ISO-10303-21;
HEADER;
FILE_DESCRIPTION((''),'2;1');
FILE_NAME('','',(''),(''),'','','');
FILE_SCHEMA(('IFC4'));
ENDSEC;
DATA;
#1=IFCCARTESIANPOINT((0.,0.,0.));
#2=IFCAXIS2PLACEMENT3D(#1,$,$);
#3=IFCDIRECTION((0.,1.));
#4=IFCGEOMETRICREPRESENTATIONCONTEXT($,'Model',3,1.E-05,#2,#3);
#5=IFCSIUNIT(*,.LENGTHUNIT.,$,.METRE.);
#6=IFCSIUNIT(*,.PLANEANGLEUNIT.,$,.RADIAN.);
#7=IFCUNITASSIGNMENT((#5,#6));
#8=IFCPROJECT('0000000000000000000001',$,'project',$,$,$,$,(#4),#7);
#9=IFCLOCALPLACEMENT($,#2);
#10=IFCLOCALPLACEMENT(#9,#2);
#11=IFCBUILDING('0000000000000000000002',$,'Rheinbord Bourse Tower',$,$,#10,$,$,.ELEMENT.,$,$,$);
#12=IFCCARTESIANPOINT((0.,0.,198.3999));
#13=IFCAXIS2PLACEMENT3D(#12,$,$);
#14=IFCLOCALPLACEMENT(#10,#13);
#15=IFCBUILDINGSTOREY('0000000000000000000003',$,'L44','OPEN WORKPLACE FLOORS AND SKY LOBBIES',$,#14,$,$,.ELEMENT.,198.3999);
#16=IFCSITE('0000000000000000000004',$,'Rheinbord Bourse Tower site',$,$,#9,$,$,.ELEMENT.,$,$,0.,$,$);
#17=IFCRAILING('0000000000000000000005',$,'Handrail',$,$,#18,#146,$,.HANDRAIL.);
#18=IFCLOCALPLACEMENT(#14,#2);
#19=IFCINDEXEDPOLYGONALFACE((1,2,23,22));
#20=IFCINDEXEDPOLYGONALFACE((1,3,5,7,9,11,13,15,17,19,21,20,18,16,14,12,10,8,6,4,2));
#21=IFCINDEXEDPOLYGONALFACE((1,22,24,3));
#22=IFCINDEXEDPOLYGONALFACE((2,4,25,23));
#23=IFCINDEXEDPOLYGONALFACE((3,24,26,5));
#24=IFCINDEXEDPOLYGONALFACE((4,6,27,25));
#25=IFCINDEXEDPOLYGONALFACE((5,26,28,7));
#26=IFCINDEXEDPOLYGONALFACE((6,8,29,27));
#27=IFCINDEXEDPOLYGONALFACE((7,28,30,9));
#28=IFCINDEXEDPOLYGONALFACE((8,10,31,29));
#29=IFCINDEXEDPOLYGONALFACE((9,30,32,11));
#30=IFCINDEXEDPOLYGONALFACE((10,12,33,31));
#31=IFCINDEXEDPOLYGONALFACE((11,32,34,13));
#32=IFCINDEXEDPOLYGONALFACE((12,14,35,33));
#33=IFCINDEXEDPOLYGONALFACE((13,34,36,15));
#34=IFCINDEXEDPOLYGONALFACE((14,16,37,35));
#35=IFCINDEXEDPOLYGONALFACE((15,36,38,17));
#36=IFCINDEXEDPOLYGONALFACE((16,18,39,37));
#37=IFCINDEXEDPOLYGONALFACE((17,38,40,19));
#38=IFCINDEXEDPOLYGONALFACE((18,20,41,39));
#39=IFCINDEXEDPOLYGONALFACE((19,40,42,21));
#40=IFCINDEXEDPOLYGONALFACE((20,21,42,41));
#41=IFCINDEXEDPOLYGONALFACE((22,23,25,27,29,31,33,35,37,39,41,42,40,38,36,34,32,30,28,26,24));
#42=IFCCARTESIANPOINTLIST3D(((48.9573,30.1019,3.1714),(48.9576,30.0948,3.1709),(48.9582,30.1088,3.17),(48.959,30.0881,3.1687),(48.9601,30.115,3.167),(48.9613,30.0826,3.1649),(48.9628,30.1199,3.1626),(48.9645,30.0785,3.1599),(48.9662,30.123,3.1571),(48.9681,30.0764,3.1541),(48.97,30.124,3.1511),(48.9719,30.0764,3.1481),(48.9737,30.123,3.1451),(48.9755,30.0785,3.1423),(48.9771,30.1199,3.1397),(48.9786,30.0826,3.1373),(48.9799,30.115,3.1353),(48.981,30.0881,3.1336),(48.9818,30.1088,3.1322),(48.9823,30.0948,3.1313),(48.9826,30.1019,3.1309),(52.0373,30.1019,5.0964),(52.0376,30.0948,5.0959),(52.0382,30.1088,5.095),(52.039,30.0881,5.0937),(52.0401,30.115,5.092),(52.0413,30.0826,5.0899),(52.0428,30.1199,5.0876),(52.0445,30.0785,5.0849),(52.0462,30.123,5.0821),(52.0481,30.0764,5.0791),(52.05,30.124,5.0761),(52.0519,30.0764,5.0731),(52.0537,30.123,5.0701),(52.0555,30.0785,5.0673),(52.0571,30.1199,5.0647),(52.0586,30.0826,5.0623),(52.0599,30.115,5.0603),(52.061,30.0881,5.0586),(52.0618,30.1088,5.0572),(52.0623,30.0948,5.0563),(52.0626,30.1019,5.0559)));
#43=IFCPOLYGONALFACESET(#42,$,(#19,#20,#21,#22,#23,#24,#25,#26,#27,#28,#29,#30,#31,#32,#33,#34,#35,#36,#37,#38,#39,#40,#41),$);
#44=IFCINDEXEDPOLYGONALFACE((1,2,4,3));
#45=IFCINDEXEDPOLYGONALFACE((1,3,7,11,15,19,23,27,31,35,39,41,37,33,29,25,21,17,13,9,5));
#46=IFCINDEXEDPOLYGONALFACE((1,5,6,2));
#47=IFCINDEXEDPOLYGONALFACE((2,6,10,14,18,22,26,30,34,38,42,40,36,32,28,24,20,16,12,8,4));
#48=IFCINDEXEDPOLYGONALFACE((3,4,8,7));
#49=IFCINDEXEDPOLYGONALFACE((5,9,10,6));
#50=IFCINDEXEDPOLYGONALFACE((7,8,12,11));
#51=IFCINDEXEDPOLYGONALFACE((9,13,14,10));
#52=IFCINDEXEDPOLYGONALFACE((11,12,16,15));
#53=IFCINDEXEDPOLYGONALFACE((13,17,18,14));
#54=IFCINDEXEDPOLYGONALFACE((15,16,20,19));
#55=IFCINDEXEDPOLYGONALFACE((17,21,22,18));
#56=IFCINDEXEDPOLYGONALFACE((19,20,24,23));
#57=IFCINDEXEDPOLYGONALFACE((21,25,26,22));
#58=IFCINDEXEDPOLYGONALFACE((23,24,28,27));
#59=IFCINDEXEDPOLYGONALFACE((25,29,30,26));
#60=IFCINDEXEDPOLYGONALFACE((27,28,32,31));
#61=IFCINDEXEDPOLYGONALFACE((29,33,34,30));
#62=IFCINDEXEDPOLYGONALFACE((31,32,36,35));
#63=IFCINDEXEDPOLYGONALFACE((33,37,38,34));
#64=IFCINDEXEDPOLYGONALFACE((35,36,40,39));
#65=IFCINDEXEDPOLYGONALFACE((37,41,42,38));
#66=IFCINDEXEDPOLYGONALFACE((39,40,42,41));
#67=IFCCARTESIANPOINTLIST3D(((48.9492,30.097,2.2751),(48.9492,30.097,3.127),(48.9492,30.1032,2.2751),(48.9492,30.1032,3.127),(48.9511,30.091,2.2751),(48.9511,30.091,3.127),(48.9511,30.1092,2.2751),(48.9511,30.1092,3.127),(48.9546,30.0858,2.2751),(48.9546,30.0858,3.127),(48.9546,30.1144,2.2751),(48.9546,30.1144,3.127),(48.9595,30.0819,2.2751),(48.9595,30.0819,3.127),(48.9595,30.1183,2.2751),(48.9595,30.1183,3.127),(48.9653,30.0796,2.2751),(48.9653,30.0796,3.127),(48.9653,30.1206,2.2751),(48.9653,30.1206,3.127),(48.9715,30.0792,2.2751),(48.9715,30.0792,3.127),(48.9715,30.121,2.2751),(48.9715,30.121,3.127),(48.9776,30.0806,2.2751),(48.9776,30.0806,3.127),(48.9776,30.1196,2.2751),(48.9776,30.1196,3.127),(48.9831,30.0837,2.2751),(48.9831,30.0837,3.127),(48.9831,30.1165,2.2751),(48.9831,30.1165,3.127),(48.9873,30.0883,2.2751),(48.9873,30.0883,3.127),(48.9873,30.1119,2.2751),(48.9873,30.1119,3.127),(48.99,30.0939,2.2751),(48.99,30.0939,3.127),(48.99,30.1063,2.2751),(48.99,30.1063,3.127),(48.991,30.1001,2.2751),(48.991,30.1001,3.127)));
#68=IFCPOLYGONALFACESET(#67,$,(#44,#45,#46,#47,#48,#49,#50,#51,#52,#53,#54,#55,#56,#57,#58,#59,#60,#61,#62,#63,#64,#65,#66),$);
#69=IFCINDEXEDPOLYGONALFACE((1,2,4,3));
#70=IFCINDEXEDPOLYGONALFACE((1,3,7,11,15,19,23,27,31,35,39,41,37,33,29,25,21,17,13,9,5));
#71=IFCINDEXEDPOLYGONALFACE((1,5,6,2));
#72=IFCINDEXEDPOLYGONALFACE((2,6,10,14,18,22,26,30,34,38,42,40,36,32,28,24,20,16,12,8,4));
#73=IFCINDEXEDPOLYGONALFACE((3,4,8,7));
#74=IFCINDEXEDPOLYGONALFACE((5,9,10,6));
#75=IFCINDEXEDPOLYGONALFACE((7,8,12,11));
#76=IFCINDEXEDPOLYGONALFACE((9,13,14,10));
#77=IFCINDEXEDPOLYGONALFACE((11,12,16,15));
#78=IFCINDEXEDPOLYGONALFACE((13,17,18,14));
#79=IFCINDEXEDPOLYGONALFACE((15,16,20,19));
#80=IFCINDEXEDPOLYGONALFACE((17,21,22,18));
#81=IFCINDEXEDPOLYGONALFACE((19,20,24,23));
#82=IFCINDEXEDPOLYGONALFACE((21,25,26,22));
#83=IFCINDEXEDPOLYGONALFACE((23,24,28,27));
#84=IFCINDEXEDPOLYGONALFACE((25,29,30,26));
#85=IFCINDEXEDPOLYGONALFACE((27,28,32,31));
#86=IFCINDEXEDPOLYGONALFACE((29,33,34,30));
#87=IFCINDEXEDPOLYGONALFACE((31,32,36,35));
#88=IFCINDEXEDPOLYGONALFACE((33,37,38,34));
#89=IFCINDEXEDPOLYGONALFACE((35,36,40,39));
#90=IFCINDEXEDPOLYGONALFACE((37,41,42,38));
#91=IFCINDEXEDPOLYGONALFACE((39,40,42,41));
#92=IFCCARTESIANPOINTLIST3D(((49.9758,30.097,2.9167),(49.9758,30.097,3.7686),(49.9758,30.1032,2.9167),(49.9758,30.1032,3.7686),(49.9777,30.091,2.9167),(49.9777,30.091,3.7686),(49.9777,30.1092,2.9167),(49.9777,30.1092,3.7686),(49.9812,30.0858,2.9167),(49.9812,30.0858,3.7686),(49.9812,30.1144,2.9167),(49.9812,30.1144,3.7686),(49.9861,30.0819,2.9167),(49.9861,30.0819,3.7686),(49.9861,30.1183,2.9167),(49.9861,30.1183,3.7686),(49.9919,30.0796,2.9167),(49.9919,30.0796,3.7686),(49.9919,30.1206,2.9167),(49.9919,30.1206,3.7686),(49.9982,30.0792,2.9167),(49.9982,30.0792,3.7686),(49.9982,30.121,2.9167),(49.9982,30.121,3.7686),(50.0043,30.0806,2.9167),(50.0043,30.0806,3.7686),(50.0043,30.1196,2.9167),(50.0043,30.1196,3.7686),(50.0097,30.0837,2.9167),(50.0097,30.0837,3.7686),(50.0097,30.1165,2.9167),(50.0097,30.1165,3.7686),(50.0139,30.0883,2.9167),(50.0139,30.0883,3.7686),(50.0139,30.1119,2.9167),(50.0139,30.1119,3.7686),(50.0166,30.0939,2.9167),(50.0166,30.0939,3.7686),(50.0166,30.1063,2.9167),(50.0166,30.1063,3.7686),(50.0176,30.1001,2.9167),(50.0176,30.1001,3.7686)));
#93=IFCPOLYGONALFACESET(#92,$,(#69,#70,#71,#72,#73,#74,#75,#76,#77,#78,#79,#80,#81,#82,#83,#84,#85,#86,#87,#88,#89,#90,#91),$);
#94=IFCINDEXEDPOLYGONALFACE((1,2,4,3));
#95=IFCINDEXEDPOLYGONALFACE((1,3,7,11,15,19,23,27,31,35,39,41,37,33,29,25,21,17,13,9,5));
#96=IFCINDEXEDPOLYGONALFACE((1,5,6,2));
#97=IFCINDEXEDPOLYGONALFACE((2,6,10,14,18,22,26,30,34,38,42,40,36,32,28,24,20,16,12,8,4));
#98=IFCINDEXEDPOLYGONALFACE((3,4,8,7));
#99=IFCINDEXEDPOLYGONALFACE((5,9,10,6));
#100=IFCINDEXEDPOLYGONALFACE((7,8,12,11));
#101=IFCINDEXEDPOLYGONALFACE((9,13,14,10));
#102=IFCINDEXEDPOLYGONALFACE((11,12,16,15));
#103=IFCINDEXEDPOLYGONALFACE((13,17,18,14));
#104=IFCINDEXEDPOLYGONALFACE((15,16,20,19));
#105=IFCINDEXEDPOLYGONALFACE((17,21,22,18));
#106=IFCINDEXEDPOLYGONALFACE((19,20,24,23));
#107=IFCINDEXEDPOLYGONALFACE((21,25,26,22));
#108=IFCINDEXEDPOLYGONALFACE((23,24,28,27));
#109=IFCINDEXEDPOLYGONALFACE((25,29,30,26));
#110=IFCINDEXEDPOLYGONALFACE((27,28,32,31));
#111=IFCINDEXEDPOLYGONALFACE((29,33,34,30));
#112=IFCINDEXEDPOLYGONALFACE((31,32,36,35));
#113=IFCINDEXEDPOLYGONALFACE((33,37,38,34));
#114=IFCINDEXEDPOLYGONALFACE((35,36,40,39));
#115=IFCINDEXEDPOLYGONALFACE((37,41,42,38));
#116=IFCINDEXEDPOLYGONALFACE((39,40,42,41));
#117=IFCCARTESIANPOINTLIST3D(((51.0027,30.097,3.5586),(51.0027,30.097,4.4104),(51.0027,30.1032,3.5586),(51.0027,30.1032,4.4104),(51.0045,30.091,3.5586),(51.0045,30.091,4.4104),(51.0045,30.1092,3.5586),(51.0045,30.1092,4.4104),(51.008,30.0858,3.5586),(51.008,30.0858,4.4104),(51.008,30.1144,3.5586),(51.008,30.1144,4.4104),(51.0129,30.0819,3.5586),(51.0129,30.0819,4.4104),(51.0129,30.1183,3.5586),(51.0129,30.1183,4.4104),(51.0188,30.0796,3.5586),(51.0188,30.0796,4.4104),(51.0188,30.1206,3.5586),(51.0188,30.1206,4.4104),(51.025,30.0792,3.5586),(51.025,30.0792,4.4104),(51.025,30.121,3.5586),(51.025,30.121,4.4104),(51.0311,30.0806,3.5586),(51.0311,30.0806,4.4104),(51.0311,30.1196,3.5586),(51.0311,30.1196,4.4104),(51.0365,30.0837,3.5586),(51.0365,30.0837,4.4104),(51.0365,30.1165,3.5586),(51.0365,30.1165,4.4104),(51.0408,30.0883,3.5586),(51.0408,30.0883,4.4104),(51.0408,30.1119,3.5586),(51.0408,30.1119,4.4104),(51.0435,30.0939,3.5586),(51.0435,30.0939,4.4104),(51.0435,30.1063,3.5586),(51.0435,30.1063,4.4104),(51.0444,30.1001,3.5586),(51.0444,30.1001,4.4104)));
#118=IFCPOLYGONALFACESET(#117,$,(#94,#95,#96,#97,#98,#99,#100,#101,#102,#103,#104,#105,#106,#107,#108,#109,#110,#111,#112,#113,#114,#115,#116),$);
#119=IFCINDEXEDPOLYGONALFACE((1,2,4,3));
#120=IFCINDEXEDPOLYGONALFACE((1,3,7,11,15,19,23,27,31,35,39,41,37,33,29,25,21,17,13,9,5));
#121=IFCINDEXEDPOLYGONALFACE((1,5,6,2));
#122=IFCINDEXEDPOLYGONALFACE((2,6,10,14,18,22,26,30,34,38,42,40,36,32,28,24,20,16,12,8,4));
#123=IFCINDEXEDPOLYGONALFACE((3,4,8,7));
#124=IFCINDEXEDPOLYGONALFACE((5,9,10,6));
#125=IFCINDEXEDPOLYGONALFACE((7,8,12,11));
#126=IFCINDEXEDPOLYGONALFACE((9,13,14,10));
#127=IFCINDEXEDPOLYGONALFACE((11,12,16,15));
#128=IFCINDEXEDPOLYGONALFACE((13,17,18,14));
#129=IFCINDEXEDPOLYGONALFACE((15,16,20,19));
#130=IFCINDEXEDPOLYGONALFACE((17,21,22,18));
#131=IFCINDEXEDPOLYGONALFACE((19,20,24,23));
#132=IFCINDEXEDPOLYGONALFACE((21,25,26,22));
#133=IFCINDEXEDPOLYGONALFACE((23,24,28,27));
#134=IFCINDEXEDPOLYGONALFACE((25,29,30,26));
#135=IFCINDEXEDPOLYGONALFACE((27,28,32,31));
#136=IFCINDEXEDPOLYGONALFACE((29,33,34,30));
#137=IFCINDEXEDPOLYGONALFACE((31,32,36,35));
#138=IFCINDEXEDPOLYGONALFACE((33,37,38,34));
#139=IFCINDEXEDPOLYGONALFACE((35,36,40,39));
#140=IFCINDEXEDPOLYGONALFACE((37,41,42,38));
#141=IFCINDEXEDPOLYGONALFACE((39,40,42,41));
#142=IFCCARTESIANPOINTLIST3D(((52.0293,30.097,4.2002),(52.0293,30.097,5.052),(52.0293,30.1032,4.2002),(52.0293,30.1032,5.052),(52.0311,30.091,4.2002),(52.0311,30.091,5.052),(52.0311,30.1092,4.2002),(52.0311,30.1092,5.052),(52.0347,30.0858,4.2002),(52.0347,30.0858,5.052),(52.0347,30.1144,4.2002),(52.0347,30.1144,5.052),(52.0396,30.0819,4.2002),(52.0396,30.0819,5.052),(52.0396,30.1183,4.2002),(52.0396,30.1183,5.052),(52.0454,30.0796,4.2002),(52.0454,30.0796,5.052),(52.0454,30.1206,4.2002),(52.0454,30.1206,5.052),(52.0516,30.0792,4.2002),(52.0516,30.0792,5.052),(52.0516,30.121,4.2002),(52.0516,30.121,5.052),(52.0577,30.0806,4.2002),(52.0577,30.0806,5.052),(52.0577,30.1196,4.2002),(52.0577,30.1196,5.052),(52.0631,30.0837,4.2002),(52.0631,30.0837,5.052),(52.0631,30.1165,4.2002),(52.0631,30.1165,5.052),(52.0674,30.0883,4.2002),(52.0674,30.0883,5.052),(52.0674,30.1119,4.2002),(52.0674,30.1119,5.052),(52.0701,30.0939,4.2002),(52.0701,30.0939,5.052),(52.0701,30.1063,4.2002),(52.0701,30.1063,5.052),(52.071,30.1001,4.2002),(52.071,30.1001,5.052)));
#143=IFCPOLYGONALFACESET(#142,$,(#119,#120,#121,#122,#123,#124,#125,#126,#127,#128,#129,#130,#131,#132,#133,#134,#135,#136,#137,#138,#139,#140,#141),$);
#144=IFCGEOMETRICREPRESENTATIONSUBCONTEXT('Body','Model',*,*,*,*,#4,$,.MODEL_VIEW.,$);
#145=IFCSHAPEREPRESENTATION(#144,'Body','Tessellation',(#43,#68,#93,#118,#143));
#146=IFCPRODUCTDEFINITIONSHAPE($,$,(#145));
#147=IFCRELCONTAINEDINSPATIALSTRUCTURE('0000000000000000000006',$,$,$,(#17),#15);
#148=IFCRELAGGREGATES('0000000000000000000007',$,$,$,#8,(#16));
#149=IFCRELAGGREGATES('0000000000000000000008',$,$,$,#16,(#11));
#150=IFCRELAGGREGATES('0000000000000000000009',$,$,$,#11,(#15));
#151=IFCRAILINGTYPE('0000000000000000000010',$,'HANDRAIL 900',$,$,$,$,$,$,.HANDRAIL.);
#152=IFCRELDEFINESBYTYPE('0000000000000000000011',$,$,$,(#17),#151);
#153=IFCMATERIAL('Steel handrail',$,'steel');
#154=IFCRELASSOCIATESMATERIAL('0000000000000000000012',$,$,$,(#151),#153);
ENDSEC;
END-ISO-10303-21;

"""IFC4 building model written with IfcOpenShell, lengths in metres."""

from ifc_helpers import new_model, si_unit, direction, frame, origin, origin_2d, place, context, subcontext, project, spatial, circle, extrude, material, type_object, element, save


model = new_model("IFC4")

# Units and contexts
model_context = context("Model", 3, precision=1e-05, world=origin(), true_north=direction((0.0, 1.0)))
body_context = subcontext(model_context, "Body", "Model", "MODEL_VIEW")
ifc_project = project(units=[si_unit("LENGTHUNIT", "METRE"), si_unit("PLANEANGLEUNIT", "RADIAN")], contexts=[model_context])

# Site, building, storey
site_placement = place(None, origin())
site = spatial("IfcSite", under=ifc_project, at=site_placement, Name="Rheinbord Bourse Tower site", CompositionType="ELEMENT", RefElevation=0.0)
building_placement = place(site_placement, origin())
building = spatial("IfcBuilding", under=site, at=building_placement, Name="Rheinbord Bourse Tower", CompositionType="ELEMENT")
storey_placement = place(building_placement, frame((0.0, 0.0, 198.3999)))
storey = spatial("IfcBuildingStorey", under=building, at=storey_placement, Name="L44", Description="OPEN WORKPLACE FLOORS AND SKY LOBBIES", CompositionType="ELEMENT", Elevation=198.3999)

# Railing
ifc_material_1 = material(Name="Steel handrail", Category="steel")
railing_type = type_object("IfcRailingType", Name="HANDRAIL 900", PredefinedType="HANDRAIL", material=ifc_material_1)
railing_1_placement = place(storey_placement, frame((48.97, 30.1001, 2.2751)))
element("IfcRailing", 1, at=railing_1_placement, inside=storey, type_object=railing_type, Name="Handrail", PredefinedType="HANDRAIL", context=body_context, shape_type="SweptSolid", body=[
    extrude(circle(Radius=0.0239, at=origin_2d()), frame((0.0, 0.0, 0.876), z_axis=(0.847998, 0.0, 0.529999), x_axis=(0.0, 1.0, 0.0)), (0.0, 0.0, 1.0), 3.6321),
    extrude(circle(Radius=0.021, at=origin_2d()), origin(), (0.0, 0.0, 1.0), 0.8518),
    extrude(circle(Radius=0.021, at=origin_2d()), frame((1.0266, 0.0, 0.6416)), (0.0, 0.0, 1.0), 0.8518),
    extrude(circle(Radius=0.021, at=origin_2d()), frame((2.0535, 0.0, 1.2834)), (0.0, 0.0, 1.0), 0.8518),
    extrude(circle(Radius=0.021, at=origin_2d()), frame((3.0801, 0.0, 1.925)), (0.0, 0.0, 1.0), 0.8518),
])

save(model, "model.ifc")
